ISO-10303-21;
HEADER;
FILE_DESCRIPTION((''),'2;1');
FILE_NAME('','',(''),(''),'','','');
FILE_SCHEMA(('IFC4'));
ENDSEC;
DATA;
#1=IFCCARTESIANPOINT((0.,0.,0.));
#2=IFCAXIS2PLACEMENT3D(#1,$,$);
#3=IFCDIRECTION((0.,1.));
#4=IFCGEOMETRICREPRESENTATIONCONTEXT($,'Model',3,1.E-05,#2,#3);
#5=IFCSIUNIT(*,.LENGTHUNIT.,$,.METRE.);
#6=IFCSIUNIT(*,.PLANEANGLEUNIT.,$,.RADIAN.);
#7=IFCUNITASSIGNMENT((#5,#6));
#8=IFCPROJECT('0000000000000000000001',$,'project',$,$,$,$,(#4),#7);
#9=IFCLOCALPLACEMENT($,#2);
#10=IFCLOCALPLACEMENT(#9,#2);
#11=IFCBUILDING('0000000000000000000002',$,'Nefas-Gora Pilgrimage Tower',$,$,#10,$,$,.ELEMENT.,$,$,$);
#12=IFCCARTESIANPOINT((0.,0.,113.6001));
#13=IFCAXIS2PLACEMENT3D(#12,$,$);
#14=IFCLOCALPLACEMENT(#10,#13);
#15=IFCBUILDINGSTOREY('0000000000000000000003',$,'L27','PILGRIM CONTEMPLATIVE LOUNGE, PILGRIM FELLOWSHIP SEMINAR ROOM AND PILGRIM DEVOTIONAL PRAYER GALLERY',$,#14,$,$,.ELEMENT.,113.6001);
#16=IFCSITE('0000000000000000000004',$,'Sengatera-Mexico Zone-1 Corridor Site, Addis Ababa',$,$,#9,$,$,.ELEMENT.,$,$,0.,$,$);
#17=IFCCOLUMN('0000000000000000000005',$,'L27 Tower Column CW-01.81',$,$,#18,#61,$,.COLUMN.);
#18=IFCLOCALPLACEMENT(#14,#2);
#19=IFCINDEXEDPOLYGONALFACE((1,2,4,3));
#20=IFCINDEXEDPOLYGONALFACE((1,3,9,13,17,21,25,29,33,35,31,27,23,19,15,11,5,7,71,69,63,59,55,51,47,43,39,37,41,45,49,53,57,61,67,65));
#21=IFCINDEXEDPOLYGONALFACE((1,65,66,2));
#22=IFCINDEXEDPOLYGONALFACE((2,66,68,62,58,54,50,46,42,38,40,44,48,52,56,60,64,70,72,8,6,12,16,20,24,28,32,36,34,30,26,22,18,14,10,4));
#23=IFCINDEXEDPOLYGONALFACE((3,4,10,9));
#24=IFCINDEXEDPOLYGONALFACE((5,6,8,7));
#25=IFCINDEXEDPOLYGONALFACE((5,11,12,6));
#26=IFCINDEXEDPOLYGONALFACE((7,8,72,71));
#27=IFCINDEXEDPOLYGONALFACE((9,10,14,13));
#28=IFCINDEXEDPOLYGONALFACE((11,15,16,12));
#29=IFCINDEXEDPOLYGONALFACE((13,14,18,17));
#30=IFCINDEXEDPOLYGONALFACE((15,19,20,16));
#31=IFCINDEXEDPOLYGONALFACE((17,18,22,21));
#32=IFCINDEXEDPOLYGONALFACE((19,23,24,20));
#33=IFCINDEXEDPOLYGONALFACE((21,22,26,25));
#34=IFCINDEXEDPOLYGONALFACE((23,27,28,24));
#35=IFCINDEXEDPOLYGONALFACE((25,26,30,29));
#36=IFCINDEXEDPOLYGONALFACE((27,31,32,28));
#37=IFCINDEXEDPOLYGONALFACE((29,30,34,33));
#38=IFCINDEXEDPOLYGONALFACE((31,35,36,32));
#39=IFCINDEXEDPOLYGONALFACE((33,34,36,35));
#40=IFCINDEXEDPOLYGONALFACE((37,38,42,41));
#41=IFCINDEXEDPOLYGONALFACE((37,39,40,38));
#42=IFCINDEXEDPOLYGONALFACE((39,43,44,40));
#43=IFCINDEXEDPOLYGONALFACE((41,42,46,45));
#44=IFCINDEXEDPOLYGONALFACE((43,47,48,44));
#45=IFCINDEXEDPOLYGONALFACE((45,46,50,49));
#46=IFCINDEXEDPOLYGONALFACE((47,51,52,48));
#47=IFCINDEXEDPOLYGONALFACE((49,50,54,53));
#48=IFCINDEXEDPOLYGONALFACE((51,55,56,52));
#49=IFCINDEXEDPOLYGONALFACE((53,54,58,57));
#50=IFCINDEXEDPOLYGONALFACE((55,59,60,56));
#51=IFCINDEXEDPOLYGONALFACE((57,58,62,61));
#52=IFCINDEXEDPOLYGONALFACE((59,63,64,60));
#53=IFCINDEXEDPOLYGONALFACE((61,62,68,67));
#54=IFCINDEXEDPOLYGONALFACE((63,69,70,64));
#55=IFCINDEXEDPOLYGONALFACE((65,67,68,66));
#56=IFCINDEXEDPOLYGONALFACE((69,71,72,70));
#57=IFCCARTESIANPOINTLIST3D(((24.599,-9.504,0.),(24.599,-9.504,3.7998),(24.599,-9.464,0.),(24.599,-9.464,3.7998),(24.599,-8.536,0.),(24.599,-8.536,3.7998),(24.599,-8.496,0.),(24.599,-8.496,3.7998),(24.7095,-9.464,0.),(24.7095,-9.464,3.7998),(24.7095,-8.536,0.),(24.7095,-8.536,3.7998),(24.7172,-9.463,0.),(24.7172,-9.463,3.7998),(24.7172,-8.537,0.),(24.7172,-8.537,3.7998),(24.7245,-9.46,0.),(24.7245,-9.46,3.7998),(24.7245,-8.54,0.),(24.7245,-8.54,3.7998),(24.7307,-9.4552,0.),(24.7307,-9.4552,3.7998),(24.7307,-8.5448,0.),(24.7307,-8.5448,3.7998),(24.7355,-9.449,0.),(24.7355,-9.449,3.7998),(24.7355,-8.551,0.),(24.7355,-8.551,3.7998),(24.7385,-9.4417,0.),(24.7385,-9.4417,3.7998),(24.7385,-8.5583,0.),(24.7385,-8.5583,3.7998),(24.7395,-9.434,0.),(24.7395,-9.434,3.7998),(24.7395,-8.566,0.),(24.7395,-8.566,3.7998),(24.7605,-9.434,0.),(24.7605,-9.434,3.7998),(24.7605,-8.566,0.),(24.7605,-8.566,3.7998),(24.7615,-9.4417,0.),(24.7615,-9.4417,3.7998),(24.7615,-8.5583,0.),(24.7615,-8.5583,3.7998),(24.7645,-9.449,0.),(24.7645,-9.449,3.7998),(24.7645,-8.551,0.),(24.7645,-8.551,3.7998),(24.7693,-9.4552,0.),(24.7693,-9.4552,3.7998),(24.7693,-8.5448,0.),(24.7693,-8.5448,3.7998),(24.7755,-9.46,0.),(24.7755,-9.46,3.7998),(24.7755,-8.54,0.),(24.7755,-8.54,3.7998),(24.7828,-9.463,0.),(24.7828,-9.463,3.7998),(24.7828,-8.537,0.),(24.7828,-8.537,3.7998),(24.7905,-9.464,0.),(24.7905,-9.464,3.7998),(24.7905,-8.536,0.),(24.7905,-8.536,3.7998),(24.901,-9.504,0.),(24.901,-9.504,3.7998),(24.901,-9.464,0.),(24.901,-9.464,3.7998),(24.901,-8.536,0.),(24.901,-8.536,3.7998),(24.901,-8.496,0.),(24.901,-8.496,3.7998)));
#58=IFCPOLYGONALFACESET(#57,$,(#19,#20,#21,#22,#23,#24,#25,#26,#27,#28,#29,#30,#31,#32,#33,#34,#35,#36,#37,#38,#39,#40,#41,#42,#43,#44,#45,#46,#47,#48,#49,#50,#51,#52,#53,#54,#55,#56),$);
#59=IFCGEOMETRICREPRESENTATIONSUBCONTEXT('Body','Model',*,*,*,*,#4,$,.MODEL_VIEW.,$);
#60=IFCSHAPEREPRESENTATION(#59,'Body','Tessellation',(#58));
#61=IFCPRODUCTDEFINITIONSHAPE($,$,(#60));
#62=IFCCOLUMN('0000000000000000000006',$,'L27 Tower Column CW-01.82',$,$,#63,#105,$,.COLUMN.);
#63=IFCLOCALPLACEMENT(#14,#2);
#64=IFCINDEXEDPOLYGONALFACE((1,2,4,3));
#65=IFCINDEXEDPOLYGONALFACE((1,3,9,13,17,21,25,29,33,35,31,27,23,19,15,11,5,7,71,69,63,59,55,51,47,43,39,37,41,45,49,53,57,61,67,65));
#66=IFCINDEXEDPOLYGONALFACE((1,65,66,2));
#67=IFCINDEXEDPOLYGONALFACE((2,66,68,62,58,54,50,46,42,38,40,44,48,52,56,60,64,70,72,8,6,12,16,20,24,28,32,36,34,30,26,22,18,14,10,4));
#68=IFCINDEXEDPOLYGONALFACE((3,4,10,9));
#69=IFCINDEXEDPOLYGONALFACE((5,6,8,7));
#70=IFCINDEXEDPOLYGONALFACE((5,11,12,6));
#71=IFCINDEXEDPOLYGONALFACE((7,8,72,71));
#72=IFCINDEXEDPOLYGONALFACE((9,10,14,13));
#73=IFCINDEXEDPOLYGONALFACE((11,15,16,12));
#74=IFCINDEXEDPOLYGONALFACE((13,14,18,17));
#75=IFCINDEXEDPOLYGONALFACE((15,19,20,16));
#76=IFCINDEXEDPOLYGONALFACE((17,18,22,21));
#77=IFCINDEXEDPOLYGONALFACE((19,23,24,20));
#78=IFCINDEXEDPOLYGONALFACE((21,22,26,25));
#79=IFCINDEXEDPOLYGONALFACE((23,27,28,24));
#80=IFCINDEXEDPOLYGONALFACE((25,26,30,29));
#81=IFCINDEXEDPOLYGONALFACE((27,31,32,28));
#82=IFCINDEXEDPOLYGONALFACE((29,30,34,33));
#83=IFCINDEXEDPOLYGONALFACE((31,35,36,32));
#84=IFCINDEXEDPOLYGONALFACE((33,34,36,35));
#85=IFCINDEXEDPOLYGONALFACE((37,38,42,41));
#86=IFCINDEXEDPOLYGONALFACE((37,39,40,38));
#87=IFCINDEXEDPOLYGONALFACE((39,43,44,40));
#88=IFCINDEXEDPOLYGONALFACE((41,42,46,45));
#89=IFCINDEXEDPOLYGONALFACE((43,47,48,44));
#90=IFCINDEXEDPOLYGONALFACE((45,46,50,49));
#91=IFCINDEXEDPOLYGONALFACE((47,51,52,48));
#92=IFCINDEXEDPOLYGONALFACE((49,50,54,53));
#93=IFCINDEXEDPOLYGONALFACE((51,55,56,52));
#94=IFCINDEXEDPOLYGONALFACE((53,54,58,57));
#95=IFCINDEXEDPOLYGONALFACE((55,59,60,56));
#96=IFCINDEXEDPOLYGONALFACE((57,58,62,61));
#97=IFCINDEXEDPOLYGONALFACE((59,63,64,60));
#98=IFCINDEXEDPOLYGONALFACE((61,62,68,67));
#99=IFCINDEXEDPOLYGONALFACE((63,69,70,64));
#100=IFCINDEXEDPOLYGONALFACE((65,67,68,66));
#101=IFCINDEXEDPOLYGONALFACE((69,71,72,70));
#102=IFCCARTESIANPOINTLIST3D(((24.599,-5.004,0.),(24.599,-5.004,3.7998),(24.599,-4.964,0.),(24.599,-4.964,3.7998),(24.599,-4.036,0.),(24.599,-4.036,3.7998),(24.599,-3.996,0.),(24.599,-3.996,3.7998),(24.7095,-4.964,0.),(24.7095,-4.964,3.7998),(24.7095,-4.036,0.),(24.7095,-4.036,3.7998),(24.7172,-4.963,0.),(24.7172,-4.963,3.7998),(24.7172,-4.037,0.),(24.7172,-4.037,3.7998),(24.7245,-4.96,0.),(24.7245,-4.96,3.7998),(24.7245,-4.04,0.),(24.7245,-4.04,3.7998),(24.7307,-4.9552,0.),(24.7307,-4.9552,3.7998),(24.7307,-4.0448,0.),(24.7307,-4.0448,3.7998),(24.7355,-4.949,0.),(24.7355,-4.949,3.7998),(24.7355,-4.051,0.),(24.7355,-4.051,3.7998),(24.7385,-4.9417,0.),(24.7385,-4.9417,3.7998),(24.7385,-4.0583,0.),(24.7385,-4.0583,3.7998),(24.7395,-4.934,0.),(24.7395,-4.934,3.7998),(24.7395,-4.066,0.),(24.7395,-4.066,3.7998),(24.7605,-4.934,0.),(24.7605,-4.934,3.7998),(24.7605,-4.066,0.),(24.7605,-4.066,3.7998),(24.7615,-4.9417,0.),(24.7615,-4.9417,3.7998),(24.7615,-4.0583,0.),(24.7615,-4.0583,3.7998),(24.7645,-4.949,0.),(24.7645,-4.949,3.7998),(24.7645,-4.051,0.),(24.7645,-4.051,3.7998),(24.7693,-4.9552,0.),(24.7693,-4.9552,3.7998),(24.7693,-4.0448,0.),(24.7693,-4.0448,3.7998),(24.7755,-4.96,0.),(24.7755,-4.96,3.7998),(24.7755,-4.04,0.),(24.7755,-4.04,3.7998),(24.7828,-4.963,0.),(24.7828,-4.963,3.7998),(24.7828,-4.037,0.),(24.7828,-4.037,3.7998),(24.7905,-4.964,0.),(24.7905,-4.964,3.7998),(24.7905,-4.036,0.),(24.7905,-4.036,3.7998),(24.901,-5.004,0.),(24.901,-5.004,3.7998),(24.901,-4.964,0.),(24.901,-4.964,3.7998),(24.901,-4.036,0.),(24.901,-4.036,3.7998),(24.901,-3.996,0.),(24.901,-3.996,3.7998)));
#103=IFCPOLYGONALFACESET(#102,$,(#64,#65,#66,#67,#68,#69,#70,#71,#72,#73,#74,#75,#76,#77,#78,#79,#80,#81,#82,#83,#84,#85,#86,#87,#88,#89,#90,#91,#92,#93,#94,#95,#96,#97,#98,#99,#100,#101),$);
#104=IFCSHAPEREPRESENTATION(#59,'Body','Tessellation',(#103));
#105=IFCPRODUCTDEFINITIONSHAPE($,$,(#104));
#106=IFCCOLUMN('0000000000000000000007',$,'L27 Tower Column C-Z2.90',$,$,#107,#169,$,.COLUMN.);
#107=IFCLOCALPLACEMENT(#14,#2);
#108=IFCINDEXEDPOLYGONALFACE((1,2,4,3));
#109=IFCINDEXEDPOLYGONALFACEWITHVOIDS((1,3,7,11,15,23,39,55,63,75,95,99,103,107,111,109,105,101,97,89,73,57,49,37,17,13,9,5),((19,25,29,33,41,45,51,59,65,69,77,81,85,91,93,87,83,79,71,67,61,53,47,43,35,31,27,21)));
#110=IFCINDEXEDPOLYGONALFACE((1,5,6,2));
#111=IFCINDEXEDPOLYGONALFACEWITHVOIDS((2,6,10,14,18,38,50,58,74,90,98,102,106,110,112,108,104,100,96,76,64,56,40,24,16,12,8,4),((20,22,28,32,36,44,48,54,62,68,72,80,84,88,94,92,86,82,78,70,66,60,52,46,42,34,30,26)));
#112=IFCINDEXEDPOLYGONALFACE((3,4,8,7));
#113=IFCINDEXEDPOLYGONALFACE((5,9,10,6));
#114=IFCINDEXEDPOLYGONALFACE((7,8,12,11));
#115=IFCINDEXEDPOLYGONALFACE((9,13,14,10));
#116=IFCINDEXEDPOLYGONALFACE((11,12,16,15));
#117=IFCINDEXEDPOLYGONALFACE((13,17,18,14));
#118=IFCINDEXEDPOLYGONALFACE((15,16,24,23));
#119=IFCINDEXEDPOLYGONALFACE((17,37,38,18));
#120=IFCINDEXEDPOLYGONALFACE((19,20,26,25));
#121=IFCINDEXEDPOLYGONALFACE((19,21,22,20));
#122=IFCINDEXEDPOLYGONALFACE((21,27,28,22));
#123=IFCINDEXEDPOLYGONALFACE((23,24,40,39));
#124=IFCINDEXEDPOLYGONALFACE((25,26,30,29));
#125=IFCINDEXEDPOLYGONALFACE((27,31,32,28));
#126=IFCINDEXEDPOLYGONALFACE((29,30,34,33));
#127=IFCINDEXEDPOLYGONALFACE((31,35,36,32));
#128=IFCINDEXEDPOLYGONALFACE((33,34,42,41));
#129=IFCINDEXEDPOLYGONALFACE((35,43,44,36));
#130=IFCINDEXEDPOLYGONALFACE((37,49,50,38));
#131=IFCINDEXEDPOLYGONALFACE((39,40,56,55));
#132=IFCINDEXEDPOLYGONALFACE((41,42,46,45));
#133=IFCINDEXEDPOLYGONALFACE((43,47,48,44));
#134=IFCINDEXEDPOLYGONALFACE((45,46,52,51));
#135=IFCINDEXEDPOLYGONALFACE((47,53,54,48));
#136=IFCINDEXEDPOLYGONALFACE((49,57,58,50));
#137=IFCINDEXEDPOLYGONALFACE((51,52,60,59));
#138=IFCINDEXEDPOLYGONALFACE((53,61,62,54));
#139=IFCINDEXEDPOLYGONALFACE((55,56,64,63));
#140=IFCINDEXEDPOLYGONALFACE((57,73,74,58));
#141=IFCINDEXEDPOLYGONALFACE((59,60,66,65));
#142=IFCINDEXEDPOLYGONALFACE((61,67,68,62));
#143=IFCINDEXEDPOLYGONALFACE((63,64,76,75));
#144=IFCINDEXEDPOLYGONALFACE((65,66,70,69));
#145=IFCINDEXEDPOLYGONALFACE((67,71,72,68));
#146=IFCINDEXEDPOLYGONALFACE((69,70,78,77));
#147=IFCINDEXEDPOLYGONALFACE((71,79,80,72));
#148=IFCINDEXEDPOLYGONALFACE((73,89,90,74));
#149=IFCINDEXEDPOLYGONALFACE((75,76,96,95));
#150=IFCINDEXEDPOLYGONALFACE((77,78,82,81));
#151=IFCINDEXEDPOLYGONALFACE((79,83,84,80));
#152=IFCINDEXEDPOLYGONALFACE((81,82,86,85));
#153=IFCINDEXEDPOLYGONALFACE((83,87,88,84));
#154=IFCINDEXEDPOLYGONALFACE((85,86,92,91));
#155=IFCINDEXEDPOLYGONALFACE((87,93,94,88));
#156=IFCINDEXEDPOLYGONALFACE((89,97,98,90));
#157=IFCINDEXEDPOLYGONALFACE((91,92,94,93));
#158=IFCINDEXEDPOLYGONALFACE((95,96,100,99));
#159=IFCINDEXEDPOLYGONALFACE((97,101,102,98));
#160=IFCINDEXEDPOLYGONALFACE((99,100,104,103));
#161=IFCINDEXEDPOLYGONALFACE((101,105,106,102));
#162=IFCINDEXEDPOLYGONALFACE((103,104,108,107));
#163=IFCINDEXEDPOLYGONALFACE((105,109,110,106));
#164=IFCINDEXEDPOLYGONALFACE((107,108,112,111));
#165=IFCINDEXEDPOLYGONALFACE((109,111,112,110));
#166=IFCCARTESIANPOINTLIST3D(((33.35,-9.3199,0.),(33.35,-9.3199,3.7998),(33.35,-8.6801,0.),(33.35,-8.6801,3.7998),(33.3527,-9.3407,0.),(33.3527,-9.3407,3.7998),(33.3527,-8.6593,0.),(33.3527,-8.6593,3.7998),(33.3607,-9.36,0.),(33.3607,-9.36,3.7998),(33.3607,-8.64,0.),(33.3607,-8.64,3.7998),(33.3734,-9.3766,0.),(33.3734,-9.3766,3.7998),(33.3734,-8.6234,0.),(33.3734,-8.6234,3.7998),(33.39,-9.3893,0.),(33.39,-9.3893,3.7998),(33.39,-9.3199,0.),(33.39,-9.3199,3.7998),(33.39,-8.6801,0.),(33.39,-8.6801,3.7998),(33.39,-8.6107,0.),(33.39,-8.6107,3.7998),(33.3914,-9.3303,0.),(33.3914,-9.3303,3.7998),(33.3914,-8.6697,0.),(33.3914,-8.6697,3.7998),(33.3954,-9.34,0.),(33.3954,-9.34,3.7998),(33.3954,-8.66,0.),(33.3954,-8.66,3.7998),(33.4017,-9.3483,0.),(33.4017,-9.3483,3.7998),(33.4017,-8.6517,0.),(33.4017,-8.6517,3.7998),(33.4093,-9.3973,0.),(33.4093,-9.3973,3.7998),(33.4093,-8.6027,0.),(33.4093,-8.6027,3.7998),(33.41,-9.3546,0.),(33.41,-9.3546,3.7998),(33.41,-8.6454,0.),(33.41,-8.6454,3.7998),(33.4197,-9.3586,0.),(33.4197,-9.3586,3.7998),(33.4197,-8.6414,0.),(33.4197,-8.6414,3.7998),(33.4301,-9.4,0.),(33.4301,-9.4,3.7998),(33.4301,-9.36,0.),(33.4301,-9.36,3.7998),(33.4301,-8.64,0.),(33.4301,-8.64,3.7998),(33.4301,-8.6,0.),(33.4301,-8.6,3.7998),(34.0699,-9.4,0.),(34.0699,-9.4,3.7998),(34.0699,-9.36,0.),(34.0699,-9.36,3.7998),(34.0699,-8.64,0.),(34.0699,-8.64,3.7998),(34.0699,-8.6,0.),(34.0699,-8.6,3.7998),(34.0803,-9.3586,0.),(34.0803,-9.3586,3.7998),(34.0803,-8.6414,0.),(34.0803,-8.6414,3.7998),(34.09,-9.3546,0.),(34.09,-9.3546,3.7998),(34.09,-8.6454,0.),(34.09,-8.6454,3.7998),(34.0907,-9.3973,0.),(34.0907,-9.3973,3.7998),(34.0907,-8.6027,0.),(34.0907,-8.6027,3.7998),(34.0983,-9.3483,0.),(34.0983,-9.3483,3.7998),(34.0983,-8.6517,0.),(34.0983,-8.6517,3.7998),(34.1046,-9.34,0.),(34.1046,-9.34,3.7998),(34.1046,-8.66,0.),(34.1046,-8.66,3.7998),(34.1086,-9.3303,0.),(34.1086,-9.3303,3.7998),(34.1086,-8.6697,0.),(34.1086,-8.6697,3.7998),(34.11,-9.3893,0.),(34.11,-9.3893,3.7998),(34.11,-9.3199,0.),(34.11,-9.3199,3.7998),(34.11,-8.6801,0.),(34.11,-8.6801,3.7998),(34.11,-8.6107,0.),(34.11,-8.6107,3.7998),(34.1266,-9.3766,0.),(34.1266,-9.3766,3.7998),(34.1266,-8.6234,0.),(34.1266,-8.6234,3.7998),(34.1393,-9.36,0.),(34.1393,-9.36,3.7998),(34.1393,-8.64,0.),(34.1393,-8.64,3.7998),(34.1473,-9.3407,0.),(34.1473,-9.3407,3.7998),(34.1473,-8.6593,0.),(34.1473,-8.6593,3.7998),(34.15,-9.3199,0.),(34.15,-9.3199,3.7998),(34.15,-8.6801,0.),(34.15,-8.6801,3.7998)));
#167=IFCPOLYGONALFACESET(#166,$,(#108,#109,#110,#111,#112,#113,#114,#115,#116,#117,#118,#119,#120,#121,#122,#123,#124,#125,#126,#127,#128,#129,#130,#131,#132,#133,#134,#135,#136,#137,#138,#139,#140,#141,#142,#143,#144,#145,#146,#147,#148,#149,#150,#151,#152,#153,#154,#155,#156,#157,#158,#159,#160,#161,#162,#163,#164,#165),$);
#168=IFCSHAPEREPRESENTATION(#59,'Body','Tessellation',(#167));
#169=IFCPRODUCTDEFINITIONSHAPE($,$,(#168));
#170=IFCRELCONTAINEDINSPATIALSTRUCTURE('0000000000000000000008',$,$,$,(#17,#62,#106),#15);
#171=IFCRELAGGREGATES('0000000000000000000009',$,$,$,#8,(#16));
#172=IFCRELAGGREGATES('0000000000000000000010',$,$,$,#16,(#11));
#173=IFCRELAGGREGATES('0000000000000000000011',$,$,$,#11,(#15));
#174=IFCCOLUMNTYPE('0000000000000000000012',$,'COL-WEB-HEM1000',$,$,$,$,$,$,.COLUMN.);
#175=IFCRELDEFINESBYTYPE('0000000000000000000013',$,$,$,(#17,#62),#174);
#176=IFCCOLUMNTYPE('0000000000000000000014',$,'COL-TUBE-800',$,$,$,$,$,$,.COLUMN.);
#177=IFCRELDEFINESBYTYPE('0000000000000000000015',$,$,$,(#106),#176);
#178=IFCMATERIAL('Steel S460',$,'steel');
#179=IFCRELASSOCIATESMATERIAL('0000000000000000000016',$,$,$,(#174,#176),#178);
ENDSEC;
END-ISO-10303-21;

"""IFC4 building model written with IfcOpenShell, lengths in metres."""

from ifc_helpers import new_model, si_unit, direction, frame, origin, origin_2d, place, context, subcontext, project, spatial, hollow_rectangle, i_section, extrude, source, transform, mapped, material, material_profile, profile_set, type_object, element, save


model = new_model("IFC4")

# Units and contexts
model_context = context("Model", 3, precision=1e-05, world=origin(), true_north=direction((0.0, 1.0)))
body_context = subcontext(model_context, "Body", "Model", "MODEL_VIEW")
ifc_project = project(units=[si_unit("LENGTHUNIT", "METRE"), si_unit("PLANEANGLEUNIT", "RADIAN")], contexts=[model_context])

# Site, building, storey
site_placement = place(None, origin())
site = spatial("IfcSite", under=ifc_project, at=site_placement, Name="Sengatera-Mexico Zone-1 Corridor Site, Addis Ababa", CompositionType="ELEMENT", RefElevation=0.0)
building_placement = place(site_placement, origin())
building = spatial("IfcBuilding", under=site, at=building_placement, Name="Nefas-Gora Pilgrimage Tower", CompositionType="ELEMENT")
storey_placement = place(building_placement, frame((0.0, 0.0, 113.6001)))
storey = spatial("IfcBuildingStorey", under=building, at=storey_placement, Name="L27", Description="PILGRIM CONTEMPLATIVE LOUNGE, PILGRIM FELLOWSHIP SEMINAR ROOM AND PILGRIM DEVOTIONAL PRAYER GALLERY", CompositionType="ELEMENT", Elevation=113.6001)

# Columns
ifc_material_1 = material(Name="Steel S460", Category="steel")
ifc_material_profile_1 = material_profile(ifc_material_1, i_section(OverallWidth=0.302, OverallDepth=1.0081, WebThickness=0.021, FlangeThickness=0.04, FilletRadius=0.03, at=origin_2d()), Name="HEM 1000")
ifc_profile_set_1 = profile_set([ifc_material_profile_1], Name="Steel S460")
column_type_1 = type_object("IfcColumnType", Name="COL-WEB-HEM1000", PredefinedType="COLUMN", material=ifc_profile_set_1)
shared_shape_1 = source(origin(), body_context, "Body", "SweptSolid", [
    extrude(i_section(OverallWidth=0.302, OverallDepth=1.0081, WebThickness=0.021, FlangeThickness=0.04, FilletRadius=0.03, at=origin_2d()), origin(), (0.0, 0.0, 1.0), 3.7998),
])
for number, where, z_axis, x_axis, name in (
    (1, (24.75, -9.0, 0.0), (0.0, 0.0, 1.0), (1.0, 0.0, 0.0), "L27 Tower Column CW-01.81"),
    (2, (24.75, -4.5, 0.0), (0.0, 0.0, 1.0), (1.0, 0.0, 0.0), "L27 Tower Column CW-01.82"),
):
    element("IfcColumn", number, at=place(storey_placement, frame(where, z_axis=z_axis, x_axis=x_axis)), inside=storey, type_object=column_type_1, Name=name, PredefinedType="COLUMN", context=body_context, shape_type="MappedRepresentation", body=[
        mapped(shared_shape_1, transform((0.0, 0.0, 0.0), x_axis=(1.0, 0.0, 0.0), y_axis=(0.0, 1.0, 0.0), z_axis=(0.0, 0.0, 1.0), scale=1.0)),
    ])
ifc_material_profile_2 = material_profile(ifc_material_1, hollow_rectangle(XDim=0.8, YDim=0.8, WallThickness=0.04, InnerFilletRadius=0.04, OuterFilletRadius=0.0801, at=origin_2d()), Name="BOX 800x800x40")
ifc_profile_set_2 = profile_set([ifc_material_profile_2], Name="Steel S460")
column_type_2 = type_object("IfcColumnType", Name="COL-TUBE-800", PredefinedType="COLUMN", material=ifc_profile_set_2)
shared_shape_2 = source(origin(), body_context, "Body", "SweptSolid", [
    extrude(hollow_rectangle(XDim=0.8, YDim=0.8, WallThickness=0.04, InnerFilletRadius=0.04, OuterFilletRadius=0.0801, at=origin_2d()), origin(), (0.0, 0.0, 1.0), 3.7998),
])
for number, where, z_axis, x_axis, name in (
    (3, (33.75, -9.0, 0.0), (0.0, 0.0, 1.0), (1.0, 0.0, 0.0), "L27 Tower Column C-Z2.90"),
):
    element("IfcColumn", number, at=place(storey_placement, frame(where, z_axis=z_axis, x_axis=x_axis)), inside=storey, type_object=column_type_2, Name=name, PredefinedType="COLUMN", context=body_context, shape_type="MappedRepresentation", body=[
        mapped(shared_shape_2, transform((0.0, 0.0, 0.0), x_axis=(1.0, 0.0, 0.0), y_axis=(0.0, 1.0, 0.0), z_axis=(0.0, 0.0, 1.0), scale=1.0)),
    ])

save(model, "model.ifc")
